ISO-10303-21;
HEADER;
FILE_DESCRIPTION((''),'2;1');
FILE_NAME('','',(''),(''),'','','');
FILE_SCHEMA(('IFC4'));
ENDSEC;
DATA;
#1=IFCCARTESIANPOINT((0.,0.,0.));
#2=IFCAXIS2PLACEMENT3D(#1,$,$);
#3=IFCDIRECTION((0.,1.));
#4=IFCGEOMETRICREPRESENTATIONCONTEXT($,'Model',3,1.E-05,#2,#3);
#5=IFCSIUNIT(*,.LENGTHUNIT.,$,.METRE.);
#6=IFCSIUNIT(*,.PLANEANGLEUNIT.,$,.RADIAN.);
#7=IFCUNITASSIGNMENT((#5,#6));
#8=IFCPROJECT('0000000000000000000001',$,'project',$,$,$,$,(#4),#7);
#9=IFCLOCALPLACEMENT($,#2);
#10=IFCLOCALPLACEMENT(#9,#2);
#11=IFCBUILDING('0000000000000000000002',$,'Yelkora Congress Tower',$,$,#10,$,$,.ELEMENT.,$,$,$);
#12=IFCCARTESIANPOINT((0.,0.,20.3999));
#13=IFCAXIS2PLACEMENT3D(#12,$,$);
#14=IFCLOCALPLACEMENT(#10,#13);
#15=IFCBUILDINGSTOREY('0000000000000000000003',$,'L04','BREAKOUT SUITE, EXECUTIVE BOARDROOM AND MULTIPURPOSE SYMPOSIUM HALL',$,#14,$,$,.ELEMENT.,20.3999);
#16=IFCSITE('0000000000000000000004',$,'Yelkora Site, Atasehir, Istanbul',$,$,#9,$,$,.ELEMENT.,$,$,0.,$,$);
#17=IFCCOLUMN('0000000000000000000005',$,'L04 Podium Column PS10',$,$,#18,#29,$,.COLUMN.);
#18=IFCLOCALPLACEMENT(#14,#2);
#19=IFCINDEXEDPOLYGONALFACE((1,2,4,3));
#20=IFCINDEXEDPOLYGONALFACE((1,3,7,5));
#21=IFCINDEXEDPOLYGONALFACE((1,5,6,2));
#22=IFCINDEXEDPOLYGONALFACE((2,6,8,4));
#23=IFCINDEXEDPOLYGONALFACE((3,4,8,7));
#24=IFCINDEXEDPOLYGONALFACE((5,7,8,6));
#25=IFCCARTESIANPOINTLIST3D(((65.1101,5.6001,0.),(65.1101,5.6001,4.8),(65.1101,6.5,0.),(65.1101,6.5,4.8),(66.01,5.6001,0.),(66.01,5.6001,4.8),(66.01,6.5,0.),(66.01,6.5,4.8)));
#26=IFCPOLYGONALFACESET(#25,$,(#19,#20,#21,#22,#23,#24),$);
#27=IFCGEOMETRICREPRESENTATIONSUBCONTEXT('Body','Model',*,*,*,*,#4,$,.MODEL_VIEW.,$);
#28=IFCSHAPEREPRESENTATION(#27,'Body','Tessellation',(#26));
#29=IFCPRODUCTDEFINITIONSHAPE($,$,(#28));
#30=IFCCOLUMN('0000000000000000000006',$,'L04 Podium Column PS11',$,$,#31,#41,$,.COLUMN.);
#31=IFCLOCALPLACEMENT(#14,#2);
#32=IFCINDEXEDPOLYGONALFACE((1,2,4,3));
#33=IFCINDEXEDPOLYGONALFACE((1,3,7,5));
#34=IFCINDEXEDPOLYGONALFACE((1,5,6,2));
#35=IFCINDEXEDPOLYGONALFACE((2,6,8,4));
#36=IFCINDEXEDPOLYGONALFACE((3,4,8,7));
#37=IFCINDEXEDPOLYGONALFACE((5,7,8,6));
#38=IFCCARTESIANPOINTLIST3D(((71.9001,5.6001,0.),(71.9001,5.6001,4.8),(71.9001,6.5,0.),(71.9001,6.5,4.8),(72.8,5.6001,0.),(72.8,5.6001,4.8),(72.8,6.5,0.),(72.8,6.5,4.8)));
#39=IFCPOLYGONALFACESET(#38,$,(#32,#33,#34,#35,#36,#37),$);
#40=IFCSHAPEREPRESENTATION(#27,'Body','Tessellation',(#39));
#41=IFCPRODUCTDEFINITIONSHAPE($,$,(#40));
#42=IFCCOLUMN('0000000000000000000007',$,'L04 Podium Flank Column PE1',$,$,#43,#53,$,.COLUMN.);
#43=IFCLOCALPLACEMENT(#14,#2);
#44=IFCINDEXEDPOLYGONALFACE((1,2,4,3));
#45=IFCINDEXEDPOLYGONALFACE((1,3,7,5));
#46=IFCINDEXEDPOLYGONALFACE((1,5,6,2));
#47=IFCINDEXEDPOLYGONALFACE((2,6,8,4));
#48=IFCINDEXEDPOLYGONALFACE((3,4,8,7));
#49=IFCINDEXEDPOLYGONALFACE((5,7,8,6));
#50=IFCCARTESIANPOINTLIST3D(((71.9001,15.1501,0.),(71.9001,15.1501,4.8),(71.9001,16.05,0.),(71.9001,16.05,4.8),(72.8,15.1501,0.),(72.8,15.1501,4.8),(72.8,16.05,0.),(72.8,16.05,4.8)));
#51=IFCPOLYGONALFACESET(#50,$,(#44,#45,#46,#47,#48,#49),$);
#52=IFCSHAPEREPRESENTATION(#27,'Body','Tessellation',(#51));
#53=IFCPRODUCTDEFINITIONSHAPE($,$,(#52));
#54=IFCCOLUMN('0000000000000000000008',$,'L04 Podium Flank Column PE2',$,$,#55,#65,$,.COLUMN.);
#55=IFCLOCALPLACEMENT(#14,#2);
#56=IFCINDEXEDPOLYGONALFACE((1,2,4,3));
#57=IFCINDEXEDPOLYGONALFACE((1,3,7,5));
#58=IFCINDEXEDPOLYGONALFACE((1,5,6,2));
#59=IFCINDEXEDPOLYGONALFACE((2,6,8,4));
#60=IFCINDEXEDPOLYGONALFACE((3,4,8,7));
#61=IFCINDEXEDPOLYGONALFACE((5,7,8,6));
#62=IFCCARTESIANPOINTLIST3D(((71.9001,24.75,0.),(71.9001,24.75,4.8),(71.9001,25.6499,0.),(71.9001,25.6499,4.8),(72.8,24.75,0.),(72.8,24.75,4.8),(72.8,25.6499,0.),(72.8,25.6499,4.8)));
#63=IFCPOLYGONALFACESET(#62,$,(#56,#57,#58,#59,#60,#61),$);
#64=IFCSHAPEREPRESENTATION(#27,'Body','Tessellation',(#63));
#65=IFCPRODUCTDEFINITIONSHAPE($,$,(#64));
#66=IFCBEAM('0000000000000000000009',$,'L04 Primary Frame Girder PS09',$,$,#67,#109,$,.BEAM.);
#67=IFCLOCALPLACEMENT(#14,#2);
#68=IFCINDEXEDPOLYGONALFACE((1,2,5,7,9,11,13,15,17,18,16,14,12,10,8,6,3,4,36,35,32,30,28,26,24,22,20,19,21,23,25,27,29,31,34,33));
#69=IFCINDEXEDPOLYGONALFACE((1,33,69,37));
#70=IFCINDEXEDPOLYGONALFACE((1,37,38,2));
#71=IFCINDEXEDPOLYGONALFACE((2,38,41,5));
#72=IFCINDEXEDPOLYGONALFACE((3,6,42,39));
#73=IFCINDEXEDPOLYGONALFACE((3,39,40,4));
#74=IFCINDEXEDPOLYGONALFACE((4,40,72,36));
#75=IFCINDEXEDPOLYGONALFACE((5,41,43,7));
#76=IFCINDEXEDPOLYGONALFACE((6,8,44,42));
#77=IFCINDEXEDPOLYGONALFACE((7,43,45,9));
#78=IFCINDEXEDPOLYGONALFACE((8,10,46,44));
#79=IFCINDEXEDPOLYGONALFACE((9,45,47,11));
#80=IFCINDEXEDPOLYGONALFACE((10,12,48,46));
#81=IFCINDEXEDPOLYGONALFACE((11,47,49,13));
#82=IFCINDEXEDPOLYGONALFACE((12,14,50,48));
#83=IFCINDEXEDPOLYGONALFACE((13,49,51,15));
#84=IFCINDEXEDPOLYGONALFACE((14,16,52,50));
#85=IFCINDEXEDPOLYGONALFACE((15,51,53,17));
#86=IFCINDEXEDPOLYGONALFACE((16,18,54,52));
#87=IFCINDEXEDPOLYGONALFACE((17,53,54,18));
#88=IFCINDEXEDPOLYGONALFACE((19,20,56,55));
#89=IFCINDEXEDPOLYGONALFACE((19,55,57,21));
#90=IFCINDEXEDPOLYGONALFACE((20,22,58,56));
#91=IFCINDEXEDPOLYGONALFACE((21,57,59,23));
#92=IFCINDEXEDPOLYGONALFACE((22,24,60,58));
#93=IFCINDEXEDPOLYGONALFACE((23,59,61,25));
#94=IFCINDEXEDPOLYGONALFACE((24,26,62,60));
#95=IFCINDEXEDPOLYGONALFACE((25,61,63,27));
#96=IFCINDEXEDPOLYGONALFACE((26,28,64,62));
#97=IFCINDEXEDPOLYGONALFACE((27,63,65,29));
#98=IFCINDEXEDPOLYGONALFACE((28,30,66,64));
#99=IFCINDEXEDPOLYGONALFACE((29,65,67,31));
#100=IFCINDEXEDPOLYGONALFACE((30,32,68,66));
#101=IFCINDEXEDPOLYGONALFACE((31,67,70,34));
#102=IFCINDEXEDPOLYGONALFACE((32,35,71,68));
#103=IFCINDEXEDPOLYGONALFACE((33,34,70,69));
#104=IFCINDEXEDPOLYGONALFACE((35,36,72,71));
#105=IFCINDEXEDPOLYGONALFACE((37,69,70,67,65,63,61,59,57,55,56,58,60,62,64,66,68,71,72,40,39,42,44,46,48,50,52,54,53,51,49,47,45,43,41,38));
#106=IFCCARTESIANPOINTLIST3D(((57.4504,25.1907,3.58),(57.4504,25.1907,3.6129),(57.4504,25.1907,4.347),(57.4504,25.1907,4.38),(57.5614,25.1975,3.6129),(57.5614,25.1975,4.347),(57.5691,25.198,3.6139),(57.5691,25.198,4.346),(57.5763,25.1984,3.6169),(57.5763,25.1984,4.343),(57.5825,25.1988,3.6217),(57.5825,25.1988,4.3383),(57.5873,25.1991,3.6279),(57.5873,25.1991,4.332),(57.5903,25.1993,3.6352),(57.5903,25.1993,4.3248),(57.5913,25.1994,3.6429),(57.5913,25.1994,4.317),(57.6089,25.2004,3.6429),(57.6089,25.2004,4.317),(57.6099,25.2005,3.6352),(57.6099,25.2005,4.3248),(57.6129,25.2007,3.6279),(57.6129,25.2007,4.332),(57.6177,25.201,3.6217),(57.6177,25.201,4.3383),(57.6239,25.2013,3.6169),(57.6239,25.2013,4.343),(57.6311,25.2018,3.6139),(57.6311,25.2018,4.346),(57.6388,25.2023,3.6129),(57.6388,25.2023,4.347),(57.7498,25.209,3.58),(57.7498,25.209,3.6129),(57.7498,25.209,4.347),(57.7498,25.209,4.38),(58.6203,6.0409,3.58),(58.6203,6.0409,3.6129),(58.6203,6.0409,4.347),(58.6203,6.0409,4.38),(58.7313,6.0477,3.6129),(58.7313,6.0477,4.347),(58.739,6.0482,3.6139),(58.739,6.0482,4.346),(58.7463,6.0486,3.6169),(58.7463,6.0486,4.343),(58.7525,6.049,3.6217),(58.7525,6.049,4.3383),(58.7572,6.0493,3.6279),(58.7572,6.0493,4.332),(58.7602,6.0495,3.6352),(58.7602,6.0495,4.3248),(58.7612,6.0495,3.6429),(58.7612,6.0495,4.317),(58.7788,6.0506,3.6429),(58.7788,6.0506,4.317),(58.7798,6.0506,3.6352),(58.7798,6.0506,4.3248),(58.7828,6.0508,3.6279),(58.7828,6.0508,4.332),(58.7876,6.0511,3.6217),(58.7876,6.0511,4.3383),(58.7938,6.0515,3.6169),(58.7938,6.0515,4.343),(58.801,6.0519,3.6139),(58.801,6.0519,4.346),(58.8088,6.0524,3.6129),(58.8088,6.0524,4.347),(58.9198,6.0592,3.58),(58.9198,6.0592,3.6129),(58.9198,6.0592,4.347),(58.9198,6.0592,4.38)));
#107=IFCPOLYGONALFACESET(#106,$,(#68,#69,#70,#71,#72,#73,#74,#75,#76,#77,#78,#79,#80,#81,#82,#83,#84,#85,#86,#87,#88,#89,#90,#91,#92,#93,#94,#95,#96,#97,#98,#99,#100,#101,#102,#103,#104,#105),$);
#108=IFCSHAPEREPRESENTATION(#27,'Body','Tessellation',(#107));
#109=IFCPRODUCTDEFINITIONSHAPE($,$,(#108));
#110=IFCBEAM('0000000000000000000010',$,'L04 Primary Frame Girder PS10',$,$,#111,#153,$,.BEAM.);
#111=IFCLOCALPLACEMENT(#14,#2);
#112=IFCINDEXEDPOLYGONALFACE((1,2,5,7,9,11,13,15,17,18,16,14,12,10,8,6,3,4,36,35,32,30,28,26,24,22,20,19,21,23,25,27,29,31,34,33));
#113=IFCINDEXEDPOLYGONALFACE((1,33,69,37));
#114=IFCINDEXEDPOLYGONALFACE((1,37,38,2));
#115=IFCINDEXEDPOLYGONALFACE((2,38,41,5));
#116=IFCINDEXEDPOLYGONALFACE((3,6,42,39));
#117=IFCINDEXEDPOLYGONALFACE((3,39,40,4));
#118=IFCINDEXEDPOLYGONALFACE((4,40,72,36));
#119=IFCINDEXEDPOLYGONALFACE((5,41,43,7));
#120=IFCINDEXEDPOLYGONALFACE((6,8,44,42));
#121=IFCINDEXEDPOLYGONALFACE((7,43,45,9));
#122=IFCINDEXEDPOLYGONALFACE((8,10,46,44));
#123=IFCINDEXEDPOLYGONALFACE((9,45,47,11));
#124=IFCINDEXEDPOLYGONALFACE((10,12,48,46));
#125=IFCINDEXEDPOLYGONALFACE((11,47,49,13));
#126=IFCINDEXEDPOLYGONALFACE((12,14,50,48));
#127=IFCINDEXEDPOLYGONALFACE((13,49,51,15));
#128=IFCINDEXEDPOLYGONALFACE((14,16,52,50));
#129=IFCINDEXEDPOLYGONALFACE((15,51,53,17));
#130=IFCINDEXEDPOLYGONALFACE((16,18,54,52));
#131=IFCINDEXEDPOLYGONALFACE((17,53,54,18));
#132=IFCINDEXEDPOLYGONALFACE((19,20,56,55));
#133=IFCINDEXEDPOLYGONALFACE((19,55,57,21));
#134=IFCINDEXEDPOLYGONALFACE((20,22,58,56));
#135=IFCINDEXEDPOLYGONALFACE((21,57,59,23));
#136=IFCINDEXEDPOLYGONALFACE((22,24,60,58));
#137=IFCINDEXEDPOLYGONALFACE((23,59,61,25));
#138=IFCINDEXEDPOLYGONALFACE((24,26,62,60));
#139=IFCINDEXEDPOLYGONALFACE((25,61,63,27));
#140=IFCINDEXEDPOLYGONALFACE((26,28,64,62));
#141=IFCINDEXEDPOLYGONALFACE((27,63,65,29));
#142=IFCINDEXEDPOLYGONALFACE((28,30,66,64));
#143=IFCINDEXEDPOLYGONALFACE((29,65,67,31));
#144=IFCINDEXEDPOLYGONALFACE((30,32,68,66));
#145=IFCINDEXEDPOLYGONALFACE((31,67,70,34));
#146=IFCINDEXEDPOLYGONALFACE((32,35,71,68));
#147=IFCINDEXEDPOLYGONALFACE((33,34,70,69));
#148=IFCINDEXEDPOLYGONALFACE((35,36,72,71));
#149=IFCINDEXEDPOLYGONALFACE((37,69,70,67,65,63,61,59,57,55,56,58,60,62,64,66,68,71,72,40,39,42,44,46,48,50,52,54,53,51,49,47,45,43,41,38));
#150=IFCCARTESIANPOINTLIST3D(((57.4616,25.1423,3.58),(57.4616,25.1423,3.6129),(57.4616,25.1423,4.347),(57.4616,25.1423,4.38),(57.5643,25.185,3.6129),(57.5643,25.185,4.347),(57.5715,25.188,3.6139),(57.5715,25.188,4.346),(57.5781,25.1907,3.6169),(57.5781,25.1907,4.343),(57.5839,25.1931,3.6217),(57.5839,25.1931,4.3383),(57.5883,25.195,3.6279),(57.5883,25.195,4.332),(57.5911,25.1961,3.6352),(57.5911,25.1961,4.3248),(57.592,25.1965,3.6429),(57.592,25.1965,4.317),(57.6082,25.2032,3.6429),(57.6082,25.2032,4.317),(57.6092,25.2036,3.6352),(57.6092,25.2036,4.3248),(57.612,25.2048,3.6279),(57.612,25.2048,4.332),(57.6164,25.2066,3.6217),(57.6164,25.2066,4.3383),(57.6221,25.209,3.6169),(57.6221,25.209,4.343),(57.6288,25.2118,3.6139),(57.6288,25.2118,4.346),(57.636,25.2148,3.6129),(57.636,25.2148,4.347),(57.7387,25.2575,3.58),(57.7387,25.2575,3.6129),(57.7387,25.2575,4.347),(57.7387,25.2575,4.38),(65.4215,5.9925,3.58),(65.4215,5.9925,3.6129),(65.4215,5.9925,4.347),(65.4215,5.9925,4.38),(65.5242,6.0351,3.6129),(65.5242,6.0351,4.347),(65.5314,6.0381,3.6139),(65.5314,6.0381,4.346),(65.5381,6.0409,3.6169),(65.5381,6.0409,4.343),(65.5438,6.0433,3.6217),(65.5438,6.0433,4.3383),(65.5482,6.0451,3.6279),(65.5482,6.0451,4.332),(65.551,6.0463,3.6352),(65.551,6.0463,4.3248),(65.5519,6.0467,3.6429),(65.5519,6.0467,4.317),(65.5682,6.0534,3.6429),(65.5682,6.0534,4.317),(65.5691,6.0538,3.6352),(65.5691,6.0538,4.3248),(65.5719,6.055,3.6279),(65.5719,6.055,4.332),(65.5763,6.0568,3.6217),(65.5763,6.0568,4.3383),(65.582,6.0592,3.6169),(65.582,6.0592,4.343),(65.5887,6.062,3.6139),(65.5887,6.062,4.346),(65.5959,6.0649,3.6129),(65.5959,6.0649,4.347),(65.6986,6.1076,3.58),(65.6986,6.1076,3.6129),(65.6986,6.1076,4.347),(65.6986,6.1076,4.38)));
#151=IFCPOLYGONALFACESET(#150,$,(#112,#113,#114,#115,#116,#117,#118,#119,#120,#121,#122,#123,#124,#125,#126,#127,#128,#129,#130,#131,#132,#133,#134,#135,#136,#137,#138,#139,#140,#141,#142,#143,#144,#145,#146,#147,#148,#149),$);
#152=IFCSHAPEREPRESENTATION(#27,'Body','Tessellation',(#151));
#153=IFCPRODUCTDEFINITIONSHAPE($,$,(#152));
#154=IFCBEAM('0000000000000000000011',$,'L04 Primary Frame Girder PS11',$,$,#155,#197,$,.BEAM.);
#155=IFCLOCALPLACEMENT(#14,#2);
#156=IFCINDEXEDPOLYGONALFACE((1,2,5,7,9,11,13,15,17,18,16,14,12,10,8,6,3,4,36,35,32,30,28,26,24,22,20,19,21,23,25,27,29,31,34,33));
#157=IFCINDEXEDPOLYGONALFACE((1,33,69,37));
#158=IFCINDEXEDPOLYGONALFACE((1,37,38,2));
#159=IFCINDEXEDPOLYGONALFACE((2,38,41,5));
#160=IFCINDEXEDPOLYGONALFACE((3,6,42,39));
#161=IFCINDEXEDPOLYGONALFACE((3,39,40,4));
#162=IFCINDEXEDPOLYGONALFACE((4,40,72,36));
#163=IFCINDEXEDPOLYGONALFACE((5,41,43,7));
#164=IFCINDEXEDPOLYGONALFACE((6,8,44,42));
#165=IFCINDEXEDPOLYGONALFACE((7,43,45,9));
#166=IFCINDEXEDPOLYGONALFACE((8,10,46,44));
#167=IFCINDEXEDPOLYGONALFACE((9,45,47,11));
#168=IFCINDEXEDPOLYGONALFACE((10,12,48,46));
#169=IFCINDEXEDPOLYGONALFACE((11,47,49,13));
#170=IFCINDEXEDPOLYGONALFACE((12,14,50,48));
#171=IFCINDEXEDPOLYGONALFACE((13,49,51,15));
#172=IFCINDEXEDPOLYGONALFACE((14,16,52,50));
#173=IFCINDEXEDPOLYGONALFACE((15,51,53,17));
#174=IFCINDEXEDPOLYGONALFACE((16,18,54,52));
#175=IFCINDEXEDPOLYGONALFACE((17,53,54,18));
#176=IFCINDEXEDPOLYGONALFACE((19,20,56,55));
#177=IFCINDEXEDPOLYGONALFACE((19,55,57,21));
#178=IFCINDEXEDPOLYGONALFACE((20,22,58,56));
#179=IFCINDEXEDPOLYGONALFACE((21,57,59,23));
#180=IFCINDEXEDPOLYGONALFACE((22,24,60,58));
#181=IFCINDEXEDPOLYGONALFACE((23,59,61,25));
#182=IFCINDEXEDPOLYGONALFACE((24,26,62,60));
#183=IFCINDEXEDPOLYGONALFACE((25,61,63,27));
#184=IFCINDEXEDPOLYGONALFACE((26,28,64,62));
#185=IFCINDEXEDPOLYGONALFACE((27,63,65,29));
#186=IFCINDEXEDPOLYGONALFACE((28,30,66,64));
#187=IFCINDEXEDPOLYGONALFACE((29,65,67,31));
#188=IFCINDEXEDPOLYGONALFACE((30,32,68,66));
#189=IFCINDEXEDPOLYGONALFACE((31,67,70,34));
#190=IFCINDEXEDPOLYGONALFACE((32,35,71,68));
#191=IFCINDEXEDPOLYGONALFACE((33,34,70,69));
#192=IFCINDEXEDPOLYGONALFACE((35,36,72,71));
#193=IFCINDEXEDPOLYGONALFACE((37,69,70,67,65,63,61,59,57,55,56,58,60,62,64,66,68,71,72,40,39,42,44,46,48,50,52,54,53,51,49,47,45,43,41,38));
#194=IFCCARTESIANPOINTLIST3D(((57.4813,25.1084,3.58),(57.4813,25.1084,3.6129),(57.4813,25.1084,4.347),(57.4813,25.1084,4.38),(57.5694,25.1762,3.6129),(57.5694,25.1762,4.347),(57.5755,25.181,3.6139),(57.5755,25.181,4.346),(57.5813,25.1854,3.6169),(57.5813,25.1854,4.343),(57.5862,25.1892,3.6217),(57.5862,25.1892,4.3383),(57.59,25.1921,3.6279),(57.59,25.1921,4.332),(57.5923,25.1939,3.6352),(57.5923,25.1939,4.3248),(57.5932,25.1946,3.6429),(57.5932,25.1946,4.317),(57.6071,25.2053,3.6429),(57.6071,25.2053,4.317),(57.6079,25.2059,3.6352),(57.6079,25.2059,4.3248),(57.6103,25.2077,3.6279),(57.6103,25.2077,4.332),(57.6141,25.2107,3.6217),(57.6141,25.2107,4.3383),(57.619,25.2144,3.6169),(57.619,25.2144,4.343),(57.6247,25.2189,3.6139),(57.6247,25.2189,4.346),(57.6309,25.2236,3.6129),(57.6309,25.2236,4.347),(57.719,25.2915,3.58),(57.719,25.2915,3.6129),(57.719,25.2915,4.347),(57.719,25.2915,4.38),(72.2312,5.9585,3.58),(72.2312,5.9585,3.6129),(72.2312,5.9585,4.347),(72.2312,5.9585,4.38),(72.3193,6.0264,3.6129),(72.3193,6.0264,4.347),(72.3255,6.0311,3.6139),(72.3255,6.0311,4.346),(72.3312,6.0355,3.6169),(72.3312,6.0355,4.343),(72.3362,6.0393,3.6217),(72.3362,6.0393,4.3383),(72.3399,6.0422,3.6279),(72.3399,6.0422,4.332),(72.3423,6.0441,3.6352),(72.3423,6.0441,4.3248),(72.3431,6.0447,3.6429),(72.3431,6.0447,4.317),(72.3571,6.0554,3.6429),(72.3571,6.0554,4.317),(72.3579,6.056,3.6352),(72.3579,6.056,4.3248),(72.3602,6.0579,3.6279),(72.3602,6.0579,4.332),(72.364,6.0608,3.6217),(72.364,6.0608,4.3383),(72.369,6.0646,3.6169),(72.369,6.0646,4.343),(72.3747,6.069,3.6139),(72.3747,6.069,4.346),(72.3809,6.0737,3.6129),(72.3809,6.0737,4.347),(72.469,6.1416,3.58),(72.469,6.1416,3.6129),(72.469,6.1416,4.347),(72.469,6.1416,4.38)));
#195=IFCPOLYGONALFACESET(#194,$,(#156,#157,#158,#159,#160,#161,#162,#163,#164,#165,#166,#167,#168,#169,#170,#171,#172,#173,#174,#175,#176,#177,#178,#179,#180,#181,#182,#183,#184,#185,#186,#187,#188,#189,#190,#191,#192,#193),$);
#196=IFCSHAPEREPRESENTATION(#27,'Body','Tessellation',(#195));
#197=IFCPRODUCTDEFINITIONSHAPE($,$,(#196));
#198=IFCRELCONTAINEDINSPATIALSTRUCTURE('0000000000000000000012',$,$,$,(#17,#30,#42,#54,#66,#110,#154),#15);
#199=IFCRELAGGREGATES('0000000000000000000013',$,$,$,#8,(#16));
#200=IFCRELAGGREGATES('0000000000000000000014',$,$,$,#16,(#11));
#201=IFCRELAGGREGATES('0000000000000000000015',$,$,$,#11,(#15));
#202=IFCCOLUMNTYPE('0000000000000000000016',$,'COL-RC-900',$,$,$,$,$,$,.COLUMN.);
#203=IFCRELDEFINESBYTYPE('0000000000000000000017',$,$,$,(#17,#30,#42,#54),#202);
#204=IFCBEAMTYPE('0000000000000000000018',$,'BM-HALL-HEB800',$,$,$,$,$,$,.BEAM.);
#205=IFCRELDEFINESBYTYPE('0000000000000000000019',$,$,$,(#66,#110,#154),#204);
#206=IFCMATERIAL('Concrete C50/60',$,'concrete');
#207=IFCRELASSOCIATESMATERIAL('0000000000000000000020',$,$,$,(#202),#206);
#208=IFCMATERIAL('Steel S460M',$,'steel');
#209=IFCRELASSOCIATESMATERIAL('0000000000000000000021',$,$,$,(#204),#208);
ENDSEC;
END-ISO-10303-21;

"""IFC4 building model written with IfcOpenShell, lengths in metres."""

from ifc_helpers import new_model, si_unit, direction, frame, origin, origin_2d, place, context, subcontext, project, spatial, rectangle, i_section, extrude, material, material_profile, profile_set, type_object, element, save


model = new_model("IFC4")

# Units and contexts
model_context = context("Model", 3, precision=1e-05, world=origin(), true_north=direction((0.0, 1.0)))
body_context = subcontext(model_context, "Body", "Model", "MODEL_VIEW")
ifc_project = project(units=[si_unit("LENGTHUNIT", "METRE"), si_unit("PLANEANGLEUNIT", "RADIAN")], contexts=[model_context])

# Site, building, storey
site_placement = place(None, origin())
site = spatial("IfcSite", under=ifc_project, at=site_placement, Name="Yelkora Site, Atasehir, Istanbul", CompositionType="ELEMENT", RefElevation=0.0)
building_placement = place(site_placement, origin())
building = spatial("IfcBuilding", under=site, at=building_placement, Name="Yelkora Congress Tower", CompositionType="ELEMENT")
storey_placement = place(building_placement, frame((0.0, 0.0, 20.3999)))
storey = spatial("IfcBuildingStorey", under=building, at=storey_placement, Name="L04", Description="BREAKOUT SUITE, EXECUTIVE BOARDROOM AND MULTIPURPOSE SYMPOSIUM HALL", CompositionType="ELEMENT", Elevation=20.3999)

# Columns
ifc_material_1 = material(Name="Concrete C50/60", Category="concrete")
ifc_material_profile_1 = material_profile(ifc_material_1, rectangle(XDim=0.8999, YDim=0.8999, at=origin_2d()), Name="RC 900x900")
ifc_profile_set_1 = profile_set([ifc_material_profile_1], Name="Concrete C50/60")
column_type = type_object("IfcColumnType", Name="COL-RC-900", PredefinedType="COLUMN", material=ifc_profile_set_1)
for number, where, z_axis, x_axis, name in (
    (1, (65.5601, 6.05, 0.0), (0.0, 0.0, 1.0), (1.0, 0.0, 0.0), "L04 Podium Column PS10"),
    (2, (72.3501, 6.05, 0.0), (0.0, 0.0, 1.0), (1.0, 0.0, 0.0), "L04 Podium Column PS11"),
    (3, (72.3501, 15.6001, 0.0), (0.0, 0.0, 1.0), (1.0, 0.0, 0.0), "L04 Podium Flank Column PE1"),
    (4, (72.3501, 25.2, 0.0), (0.0, 0.0, 1.0), (1.0, 0.0, 0.0), "L04 Podium Flank Column PE2"),
):
    element("IfcColumn", number, at=place(storey_placement, frame(where, z_axis=z_axis, x_axis=x_axis)), inside=storey, type_object=column_type, Name=name, PredefinedType="COLUMN", context=body_context, shape_type="SweptSolid", body=[
        extrude(rectangle(XDim=0.8999, YDim=0.8999, at=origin_2d()), origin(), (0.0, 0.0, 1.0), 4.8),
    ])

# Beams
ifc_material_2 = material(Name="Steel S460M", Category="steel")
ifc_material_profile_2 = material_profile(ifc_material_2, i_section(OverallWidth=0.3, OverallDepth=0.8, WebThickness=0.0176, FlangeThickness=0.033, FilletRadius=0.03, at=origin_2d()), Name="HEB 800")
ifc_profile_set_2 = profile_set([ifc_material_profile_2], Name="Steel S460M")
beam_type_1 = type_object("IfcBeamType", Name="BM-HALL-HEB800", PredefinedType="BEAM", material=ifc_profile_set_2)
beam_1_placement = place(storey_placement, frame((58.77, 6.05, 3.98), z_axis=(-0.060979, 0.998139, 0.0), x_axis=(-0.998139, -0.060979, 0.0)))
element("IfcBeam", 5, at=beam_1_placement, inside=storey, type_object=beam_type_1, Name="L04 Primary Frame Girder PS09", PredefinedType="BEAM", context=body_context, shape_type="SweptSolid", body=[
    extrude(i_section(OverallWidth=0.3, OverallDepth=0.8, WebThickness=0.0176, FlangeThickness=0.033, FilletRadius=0.03, at=origin_2d()), origin(), (0.0, 0.0, 1.0), 19.1855),
])
beam_2_placement = place(storey_placement, frame((65.5601, 6.05, 3.98), z_axis=(-0.383828, 0.923405, 0.0), x_axis=(-0.923405, -0.383828, 0.0)))
element("IfcBeam", 6, at=beam_2_placement, inside=storey, type_object=beam_type_1, Name="L04 Primary Frame Girder PS10", PredefinedType="BEAM", context=body_context, shape_type="SweptSolid", body=[
    extrude(i_section(OverallWidth=0.3, OverallDepth=0.8, WebThickness=0.0176, FlangeThickness=0.033, FilletRadius=0.03, at=origin_2d()), origin(), (0.0, 0.0, 1.0), 20.7383),
])
beam_3_placement = place(storey_placement, frame((72.3501, 6.05, 3.98), z_axis=(-0.610212, 0.792238, 0.0), x_axis=(-0.792238, -0.610212, 0.0)))
element("IfcBeam", 7, at=beam_3_placement, inside=storey, type_object=beam_type_1, Name="L04 Primary Frame Girder PS11", PredefinedType="BEAM", context=body_context, shape_type="SweptSolid", body=[
    extrude(i_section(OverallWidth=0.3, OverallDepth=0.8, WebThickness=0.0176, FlangeThickness=0.033, FilletRadius=0.03, at=origin_2d()), origin(), (0.0, 0.0, 1.0), 24.1719),
])

save(model, "model.ifc")
